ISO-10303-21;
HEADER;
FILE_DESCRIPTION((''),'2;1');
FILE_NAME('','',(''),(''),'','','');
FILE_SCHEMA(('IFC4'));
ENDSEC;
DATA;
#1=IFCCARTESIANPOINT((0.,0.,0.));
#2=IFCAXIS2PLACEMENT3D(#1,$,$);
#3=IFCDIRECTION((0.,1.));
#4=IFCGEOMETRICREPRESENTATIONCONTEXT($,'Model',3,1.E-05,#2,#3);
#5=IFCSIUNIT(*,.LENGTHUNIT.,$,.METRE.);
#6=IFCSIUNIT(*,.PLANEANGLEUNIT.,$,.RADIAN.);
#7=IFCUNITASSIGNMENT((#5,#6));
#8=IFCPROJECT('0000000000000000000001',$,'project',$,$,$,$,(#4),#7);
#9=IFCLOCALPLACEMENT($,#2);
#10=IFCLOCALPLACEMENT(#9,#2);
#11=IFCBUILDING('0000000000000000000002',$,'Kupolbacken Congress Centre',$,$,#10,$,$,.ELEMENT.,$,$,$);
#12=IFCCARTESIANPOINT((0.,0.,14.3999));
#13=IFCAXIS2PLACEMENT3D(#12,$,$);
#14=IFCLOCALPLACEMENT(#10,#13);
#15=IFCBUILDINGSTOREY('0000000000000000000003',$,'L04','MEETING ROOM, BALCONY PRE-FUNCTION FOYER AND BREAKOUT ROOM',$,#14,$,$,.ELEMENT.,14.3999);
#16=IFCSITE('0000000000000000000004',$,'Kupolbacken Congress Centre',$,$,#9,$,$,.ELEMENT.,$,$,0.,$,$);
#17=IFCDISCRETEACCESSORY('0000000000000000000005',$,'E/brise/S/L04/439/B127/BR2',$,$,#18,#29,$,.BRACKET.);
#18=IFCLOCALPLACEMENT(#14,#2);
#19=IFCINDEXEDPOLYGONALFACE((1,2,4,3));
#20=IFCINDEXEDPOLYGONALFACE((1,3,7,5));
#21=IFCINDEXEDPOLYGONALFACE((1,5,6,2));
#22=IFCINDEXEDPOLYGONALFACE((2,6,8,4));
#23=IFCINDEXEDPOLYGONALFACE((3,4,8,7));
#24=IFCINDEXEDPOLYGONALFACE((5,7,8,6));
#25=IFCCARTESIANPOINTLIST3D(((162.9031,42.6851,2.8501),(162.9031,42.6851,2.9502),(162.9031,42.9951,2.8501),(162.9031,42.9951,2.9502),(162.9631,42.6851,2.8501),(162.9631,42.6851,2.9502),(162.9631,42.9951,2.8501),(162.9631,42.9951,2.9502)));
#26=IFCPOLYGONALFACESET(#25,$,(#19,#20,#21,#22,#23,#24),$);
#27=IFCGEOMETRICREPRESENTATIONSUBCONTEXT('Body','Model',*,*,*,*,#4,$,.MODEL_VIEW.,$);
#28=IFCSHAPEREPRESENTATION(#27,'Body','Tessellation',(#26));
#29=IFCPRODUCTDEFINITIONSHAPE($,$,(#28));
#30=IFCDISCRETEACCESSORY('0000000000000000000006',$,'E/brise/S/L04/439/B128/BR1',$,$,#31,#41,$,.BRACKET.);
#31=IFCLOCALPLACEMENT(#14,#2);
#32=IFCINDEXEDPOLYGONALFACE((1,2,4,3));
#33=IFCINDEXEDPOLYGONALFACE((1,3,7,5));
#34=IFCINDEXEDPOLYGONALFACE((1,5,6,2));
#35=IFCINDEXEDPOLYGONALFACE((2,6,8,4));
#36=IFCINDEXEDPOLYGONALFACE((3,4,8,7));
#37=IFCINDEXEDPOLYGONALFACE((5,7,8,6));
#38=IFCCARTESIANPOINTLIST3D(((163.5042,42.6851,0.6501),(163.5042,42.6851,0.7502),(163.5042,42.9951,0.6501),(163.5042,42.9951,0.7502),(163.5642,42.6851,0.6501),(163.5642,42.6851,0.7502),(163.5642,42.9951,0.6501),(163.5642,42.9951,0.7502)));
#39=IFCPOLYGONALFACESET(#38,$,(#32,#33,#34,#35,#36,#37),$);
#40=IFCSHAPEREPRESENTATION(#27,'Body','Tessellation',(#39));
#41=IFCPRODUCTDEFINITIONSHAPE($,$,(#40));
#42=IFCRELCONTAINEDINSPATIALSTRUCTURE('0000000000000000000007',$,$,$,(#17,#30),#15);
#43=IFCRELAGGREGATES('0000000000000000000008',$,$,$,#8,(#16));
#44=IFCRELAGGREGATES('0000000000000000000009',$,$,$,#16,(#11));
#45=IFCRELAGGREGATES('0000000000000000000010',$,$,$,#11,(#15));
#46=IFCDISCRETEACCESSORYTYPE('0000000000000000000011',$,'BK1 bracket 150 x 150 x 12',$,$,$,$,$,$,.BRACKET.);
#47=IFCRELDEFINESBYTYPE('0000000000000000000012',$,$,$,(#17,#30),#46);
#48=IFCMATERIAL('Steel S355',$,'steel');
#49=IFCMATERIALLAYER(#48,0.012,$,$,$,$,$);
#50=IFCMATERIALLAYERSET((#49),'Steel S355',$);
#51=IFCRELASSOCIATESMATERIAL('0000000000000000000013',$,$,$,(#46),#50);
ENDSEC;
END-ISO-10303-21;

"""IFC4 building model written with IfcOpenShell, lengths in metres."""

from ifc_helpers import new_model, si_unit, direction, frame, origin, origin_2d, place, context, subcontext, project, spatial, rectangle, extrude, material, layer, layer_set, type_object, element, save


model = new_model("IFC4")

# Units and contexts
model_context = context("Model", 3, precision=1e-05, world=origin(), true_north=direction((0.0, 1.0)))
body_context = subcontext(model_context, "Body", "Model", "MODEL_VIEW")
ifc_project = project(units=[si_unit("LENGTHUNIT", "METRE"), si_unit("PLANEANGLEUNIT", "RADIAN")], contexts=[model_context])

# Site, building, storey
site_placement = place(None, origin())
site = spatial("IfcSite", under=ifc_project, at=site_placement, Name="Kupolbacken Congress Centre", CompositionType="ELEMENT", RefElevation=0.0)
building_placement = place(site_placement, origin())
building = spatial("IfcBuilding", under=site, at=building_placement, Name="Kupolbacken Congress Centre", CompositionType="ELEMENT")
storey_placement = place(building_placement, frame((0.0, 0.0, 14.3999)))
storey = spatial("IfcBuildingStorey", under=building, at=storey_placement, Name="L04", Description="MEETING ROOM, BALCONY PRE-FUNCTION FOYER AND BREAKOUT ROOM", CompositionType="ELEMENT", Elevation=14.3999)

# Discrete accessories
ifc_material_1 = material(Name="Steel S355", Category="steel")
ifc_layer_1 = layer(ifc_material_1, 0.012)
ifc_layer_set_1 = layer_set([ifc_layer_1], Name="Steel S355")
discrete_accessory_type = type_object("IfcDiscreteAccessoryType", Name="BK1 bracket 150 x 150 x 12", PredefinedType="BRACKET", material=ifc_layer_set_1)
for number, where, z_axis, x_axis, name in (
    (1, (162.9331, 42.8401, 2.8501), (0.0, 0.0, 1.0), (1.0, 0.0, 0.0), "E/brise/S/L04/439/B127/BR2"),
    (2, (163.5342, 42.8401, 0.6501), (0.0, 0.0, 1.0), (1.0, 0.0, 0.0), "E/brise/S/L04/439/B128/BR1"),
):
    element("IfcDiscreteAccessory", number, at=place(storey_placement, frame(where, z_axis=z_axis, x_axis=x_axis)), inside=storey, type_object=discrete_accessory_type, Name=name, PredefinedType="BRACKET", context=body_context, shape_type="SweptSolid", body=[
        extrude(rectangle(XDim=0.0601, YDim=0.3101, at=origin_2d()), origin(), (0.0, 0.0, 1.0), 0.1001),
    ])

save(model, "model.ifc")
